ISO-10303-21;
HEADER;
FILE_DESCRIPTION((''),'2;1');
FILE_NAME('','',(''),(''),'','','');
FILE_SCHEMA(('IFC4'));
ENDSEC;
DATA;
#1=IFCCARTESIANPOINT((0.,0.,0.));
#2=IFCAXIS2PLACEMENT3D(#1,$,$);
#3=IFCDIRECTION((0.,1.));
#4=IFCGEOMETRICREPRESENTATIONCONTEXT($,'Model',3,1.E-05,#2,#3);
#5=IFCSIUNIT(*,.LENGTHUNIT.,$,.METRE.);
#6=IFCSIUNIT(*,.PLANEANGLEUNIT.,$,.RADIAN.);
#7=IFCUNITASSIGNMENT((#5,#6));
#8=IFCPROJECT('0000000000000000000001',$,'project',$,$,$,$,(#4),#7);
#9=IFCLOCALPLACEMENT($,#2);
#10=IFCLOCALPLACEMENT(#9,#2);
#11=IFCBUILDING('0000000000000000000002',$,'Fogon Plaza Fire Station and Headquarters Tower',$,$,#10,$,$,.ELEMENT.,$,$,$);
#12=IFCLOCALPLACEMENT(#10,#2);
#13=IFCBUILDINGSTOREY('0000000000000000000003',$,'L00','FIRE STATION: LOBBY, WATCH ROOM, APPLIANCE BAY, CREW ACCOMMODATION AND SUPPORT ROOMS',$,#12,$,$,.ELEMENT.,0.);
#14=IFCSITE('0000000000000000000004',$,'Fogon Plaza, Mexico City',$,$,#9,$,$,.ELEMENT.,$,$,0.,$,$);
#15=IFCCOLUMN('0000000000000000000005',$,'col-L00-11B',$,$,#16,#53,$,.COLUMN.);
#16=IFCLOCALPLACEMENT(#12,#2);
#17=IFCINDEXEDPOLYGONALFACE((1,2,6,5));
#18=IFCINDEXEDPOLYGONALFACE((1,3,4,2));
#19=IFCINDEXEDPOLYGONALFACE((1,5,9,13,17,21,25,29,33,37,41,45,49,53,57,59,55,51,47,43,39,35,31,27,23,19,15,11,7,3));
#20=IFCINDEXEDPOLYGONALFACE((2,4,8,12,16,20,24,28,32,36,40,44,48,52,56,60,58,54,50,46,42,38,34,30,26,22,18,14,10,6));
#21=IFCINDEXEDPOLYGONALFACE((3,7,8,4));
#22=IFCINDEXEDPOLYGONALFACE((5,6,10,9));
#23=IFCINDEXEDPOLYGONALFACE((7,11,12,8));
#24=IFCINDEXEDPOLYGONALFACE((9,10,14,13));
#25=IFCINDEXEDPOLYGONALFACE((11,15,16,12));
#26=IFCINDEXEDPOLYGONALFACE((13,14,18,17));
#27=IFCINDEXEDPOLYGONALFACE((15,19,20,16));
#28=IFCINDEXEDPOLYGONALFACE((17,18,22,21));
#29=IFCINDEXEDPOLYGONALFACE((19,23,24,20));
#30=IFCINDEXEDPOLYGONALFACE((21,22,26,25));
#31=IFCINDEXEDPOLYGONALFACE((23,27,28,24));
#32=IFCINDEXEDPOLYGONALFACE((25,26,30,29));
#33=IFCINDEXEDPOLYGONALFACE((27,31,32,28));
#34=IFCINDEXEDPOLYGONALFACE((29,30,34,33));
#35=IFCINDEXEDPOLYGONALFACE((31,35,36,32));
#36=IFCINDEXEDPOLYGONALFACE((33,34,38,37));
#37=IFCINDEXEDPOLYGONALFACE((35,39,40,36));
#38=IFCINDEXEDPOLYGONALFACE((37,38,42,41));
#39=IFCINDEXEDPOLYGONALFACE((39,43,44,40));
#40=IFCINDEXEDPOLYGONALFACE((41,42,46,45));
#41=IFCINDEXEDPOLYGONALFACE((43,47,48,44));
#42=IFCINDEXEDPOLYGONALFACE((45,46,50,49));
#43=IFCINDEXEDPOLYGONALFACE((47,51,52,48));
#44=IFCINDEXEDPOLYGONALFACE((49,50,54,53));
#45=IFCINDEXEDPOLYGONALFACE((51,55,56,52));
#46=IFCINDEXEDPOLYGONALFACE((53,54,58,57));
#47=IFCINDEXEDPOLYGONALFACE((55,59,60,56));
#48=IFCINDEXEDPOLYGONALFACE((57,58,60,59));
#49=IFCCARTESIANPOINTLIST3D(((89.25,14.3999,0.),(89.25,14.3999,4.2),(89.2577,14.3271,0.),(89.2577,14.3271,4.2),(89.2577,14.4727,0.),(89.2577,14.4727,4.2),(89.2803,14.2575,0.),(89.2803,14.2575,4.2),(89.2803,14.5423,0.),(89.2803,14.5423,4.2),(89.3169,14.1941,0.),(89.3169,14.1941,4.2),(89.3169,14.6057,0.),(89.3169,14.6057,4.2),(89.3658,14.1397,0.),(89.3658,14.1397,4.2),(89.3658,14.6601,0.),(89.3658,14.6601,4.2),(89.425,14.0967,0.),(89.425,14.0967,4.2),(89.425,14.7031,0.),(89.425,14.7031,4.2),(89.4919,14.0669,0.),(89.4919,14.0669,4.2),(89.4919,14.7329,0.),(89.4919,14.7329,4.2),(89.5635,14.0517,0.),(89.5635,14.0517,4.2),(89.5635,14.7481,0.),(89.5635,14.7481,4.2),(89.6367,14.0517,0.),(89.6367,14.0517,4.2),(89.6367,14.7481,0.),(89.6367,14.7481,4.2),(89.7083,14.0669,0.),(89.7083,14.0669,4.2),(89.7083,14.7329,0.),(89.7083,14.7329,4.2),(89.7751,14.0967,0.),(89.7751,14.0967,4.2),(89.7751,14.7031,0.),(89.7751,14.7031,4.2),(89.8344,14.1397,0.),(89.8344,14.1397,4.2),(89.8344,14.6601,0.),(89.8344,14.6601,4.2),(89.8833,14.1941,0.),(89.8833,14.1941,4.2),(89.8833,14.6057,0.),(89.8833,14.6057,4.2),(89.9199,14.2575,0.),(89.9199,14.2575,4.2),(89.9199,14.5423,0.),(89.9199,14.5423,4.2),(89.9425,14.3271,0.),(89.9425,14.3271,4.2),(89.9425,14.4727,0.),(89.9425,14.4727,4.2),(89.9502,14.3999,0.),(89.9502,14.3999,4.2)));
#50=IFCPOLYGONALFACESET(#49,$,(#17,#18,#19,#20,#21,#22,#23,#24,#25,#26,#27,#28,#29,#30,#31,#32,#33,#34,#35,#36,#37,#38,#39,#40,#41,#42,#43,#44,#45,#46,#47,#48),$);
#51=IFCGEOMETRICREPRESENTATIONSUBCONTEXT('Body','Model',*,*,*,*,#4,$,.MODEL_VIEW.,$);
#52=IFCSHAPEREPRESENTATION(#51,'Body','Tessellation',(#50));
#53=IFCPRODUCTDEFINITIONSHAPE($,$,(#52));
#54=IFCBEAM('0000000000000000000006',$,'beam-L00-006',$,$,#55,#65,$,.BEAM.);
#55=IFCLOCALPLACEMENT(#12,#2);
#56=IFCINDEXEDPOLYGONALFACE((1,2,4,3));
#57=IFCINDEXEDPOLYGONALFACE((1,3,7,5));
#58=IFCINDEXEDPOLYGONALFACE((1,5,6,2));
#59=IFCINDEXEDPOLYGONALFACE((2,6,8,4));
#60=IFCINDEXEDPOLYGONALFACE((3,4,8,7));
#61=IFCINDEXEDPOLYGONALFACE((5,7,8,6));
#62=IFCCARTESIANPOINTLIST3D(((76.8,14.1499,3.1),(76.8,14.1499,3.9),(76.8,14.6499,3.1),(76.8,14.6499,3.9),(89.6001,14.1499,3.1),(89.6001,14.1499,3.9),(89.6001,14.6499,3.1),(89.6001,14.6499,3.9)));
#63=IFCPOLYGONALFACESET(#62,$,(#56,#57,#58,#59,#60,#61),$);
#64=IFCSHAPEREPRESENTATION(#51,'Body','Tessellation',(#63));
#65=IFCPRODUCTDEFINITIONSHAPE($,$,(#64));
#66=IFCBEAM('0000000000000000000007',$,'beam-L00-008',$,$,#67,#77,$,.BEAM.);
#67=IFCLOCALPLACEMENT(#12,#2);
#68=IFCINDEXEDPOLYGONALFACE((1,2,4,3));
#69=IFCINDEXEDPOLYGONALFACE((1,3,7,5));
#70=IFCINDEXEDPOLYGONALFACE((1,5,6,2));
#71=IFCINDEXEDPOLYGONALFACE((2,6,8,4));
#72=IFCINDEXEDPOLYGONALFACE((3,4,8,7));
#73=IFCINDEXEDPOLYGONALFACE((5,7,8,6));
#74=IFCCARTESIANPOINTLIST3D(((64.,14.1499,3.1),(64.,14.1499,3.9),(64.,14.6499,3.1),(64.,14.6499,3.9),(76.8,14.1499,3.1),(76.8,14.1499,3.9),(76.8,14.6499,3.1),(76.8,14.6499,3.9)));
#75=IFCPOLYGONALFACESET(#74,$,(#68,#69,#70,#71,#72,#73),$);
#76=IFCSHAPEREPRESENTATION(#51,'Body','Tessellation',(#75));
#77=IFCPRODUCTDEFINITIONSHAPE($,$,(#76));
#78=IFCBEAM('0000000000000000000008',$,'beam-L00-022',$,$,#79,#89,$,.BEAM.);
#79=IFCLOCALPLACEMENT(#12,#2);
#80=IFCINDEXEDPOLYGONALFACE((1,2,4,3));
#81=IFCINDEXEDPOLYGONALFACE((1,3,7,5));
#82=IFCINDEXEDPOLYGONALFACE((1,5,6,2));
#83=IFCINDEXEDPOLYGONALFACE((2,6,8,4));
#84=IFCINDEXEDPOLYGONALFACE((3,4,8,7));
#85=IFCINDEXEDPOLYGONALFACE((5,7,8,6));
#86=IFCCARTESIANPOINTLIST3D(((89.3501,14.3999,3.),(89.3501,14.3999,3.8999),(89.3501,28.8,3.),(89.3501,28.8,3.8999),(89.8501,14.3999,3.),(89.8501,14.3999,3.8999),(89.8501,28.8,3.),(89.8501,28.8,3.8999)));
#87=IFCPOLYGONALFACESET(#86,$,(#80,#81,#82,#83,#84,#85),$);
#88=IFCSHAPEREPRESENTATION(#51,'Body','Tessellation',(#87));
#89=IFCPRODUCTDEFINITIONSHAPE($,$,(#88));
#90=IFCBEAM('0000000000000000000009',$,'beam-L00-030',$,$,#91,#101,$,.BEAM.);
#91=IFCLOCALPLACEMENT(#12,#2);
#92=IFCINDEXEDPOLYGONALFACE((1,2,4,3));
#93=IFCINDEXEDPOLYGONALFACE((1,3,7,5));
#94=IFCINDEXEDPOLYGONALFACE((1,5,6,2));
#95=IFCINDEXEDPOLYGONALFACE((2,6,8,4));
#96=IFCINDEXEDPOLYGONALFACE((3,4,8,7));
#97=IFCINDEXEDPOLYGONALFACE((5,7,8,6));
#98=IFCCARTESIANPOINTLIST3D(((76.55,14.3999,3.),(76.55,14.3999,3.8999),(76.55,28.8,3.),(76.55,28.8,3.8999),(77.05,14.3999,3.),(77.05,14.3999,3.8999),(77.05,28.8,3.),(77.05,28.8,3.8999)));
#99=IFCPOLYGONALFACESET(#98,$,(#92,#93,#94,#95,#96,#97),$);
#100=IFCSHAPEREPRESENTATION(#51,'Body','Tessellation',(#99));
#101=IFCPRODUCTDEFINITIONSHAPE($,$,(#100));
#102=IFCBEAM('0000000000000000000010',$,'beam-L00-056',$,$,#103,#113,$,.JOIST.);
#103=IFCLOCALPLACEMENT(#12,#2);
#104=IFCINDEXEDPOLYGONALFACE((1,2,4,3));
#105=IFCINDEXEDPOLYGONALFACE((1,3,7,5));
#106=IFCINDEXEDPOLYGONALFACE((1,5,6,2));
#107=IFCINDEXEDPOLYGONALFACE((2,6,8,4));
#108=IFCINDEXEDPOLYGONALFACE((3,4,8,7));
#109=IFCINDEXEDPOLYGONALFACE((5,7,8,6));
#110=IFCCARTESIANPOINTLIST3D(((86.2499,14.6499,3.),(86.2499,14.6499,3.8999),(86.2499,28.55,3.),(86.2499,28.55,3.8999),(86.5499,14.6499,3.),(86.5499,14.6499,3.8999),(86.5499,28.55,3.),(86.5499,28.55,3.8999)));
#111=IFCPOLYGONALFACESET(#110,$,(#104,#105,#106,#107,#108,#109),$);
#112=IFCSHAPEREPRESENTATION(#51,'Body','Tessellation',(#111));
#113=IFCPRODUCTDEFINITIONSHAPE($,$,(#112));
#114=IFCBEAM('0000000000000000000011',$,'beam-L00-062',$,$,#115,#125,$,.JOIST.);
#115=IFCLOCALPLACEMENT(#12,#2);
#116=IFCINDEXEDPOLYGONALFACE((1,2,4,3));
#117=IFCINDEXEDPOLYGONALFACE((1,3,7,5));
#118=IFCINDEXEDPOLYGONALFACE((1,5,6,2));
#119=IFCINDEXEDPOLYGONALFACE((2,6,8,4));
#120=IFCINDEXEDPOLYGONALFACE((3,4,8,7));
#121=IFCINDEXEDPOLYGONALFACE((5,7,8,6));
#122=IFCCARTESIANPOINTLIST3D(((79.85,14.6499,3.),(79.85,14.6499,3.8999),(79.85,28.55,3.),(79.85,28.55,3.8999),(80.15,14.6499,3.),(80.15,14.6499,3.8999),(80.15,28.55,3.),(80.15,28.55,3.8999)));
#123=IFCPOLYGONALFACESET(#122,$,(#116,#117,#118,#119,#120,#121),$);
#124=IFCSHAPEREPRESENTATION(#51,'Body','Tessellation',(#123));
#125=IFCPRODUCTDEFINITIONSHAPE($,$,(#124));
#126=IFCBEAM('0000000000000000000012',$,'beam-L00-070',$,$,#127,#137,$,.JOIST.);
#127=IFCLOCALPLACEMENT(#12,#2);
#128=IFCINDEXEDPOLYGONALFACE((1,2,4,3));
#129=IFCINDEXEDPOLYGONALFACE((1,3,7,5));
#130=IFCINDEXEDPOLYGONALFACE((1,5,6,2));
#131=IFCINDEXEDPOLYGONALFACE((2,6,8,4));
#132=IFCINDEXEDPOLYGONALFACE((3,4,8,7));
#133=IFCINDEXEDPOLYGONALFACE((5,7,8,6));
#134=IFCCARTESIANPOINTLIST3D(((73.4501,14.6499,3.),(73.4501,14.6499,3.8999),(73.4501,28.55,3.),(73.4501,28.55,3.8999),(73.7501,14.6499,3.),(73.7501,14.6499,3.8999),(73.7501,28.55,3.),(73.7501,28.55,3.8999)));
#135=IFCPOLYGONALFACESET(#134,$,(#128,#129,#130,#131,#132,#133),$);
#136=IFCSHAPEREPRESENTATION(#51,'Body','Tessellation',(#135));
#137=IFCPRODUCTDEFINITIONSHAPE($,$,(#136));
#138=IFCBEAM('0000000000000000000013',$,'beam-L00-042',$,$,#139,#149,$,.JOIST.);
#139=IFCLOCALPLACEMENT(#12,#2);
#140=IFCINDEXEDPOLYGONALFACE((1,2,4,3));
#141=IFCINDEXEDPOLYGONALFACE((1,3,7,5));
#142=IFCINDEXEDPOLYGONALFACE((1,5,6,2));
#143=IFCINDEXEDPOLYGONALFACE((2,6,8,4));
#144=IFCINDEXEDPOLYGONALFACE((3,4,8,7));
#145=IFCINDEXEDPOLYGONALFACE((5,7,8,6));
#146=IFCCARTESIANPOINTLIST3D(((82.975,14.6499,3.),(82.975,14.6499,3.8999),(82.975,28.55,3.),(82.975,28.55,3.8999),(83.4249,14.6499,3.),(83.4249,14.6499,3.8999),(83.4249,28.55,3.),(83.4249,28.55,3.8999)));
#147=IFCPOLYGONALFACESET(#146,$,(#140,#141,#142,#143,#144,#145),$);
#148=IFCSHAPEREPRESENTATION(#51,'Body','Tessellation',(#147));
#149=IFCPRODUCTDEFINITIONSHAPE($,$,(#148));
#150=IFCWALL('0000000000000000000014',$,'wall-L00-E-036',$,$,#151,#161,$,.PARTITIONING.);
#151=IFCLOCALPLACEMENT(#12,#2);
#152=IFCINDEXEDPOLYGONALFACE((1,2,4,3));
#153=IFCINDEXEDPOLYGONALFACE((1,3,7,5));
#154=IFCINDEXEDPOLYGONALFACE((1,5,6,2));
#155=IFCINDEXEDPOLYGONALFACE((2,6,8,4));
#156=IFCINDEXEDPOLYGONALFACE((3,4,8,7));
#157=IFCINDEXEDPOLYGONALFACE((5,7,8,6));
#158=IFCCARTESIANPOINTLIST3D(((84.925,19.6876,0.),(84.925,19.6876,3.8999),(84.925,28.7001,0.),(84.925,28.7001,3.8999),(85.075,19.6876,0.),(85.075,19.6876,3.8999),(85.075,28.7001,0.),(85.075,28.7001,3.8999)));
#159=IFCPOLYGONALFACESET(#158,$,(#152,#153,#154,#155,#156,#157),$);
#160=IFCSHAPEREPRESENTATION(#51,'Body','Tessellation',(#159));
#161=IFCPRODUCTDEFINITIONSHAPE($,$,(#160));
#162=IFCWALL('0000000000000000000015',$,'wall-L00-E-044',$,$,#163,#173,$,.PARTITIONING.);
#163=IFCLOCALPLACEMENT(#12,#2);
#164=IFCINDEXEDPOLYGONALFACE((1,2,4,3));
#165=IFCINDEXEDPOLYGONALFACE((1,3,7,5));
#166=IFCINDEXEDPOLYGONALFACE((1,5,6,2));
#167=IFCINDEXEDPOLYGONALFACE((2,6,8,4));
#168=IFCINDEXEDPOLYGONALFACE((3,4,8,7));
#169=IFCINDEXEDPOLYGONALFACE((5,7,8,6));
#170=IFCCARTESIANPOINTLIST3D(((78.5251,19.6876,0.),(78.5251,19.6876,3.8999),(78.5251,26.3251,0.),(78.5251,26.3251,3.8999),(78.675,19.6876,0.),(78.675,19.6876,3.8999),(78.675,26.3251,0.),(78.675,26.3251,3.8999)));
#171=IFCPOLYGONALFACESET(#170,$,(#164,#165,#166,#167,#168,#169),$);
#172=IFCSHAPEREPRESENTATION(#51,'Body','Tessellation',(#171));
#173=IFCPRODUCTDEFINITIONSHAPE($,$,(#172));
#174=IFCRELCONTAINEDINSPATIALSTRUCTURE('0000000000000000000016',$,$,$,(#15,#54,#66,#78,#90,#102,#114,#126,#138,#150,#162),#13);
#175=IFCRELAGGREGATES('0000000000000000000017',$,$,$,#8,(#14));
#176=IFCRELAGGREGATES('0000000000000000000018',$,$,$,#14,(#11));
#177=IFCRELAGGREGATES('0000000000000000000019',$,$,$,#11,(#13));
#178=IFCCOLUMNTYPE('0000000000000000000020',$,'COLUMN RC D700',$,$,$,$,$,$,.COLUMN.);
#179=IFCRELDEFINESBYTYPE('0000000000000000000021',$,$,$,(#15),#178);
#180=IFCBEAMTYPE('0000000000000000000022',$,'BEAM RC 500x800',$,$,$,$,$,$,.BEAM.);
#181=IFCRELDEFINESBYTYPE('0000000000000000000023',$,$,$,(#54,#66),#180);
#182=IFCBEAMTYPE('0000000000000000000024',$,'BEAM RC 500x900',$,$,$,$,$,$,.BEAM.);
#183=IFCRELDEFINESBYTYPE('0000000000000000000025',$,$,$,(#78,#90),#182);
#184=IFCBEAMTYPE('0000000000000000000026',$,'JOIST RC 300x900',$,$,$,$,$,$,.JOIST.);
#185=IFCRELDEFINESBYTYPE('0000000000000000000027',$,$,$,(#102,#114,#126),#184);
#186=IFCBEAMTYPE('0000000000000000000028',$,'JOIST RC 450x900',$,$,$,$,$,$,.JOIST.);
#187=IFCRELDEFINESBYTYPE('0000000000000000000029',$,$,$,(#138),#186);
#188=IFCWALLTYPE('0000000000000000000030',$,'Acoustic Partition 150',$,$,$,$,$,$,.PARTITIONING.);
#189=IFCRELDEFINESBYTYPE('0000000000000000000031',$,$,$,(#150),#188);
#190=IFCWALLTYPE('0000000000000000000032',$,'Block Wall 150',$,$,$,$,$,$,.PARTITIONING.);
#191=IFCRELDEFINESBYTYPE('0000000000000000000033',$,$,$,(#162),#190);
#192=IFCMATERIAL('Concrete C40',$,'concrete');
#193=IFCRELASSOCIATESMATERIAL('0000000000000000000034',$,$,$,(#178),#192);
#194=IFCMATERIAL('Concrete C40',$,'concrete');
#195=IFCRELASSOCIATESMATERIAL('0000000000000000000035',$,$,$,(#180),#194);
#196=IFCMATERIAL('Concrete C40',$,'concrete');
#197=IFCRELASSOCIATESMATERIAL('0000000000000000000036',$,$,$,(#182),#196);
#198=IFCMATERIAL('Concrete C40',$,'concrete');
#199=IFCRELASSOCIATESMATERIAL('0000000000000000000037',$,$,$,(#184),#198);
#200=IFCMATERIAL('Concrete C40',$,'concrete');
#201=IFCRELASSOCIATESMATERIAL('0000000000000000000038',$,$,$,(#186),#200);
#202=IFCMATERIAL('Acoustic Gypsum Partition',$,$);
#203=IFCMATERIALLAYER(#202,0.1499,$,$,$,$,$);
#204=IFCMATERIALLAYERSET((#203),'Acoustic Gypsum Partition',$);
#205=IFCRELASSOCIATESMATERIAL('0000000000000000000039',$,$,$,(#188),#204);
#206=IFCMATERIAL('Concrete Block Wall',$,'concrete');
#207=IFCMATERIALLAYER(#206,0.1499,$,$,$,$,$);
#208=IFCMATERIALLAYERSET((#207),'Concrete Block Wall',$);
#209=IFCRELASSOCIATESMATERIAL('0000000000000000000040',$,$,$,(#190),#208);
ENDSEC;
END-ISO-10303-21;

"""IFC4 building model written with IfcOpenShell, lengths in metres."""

from ifc_helpers import new_model, si_unit, direction, frame, frame_2d, origin, origin_2d, place, context, subcontext, project, spatial, rectangle, circle, extrude, material, layer, layer_set, material_profile, profile_set, type_object, element, save


model = new_model("IFC4")

# Units and contexts
model_context = context("Model", 3, precision=1e-05, world=origin(), true_north=direction((0.0, 1.0)))
body_context = subcontext(model_context, "Body", "Model", "MODEL_VIEW")
ifc_project = project(units=[si_unit("LENGTHUNIT", "METRE"), si_unit("PLANEANGLEUNIT", "RADIAN")], contexts=[model_context])

# Site, building, storey
site_placement = place(None, origin())
site = spatial("IfcSite", under=ifc_project, at=site_placement, Name="Fogon Plaza, Mexico City", CompositionType="ELEMENT", RefElevation=0.0)
building_placement = place(site_placement, origin())
building = spatial("IfcBuilding", under=site, at=building_placement, Name="Fogon Plaza Fire Station and Headquarters Tower", CompositionType="ELEMENT")
storey_placement = place(building_placement, origin())
storey = spatial("IfcBuildingStorey", under=building, at=storey_placement, Name="L00", Description="FIRE STATION: LOBBY, WATCH ROOM, APPLIANCE BAY, CREW ACCOMMODATION AND SUPPORT ROOMS", CompositionType="ELEMENT", Elevation=0.0)

# Column
ifc_material_1 = material(Name="Concrete C40", Category="concrete")
ifc_material_profile_1 = material_profile(ifc_material_1, circle(Radius=0.3501, at=origin_2d()), Name="RC D700")
ifc_profile_set_1 = profile_set([ifc_material_profile_1], Name="Concrete C40")
column_type = type_object("IfcColumnType", Name="COLUMN RC D700", PredefinedType="COLUMN", material=ifc_profile_set_1)
column_placement = place(storey_placement, frame((89.6001, 14.3999, 0.0), z_axis=(0.0, 0.0, 1.0), x_axis=(1.0, 0.0, 0.0)))
element("IfcColumn", 1, at=column_placement, inside=storey, type_object=column_type, Name="col-L00-11B", PredefinedType="COLUMN", context=body_context, shape_type="SweptSolid", body=[
    extrude(circle(Radius=0.3501, at=origin_2d()), origin(), (0.0, 0.0, 1.0), 4.2),
])

# Beams
ifc_material_2 = material(Name="Concrete C40", Category="concrete")
ifc_material_profile_2 = material_profile(ifc_material_2, rectangle(XDim=0.5, YDim=0.8, at=origin_2d()), Name="RC 500x800")
ifc_profile_set_2 = profile_set([ifc_material_profile_2], Name="Concrete C40")
beam_type_1 = type_object("IfcBeamType", Name="BEAM RC 500x800", PredefinedType="BEAM", material=ifc_profile_set_2)
for number, where, z_axis, x_axis, name in (
    (2, (89.6001, 14.3999, 3.5), (-1.0, 0.0, 0.0), (0.0, -1.0, 0.0), "beam-L00-006"),
    (3, (76.8, 14.3999, 3.5), (-1.0, 0.0, 0.0), (0.0, -1.0, 0.0), "beam-L00-008"),
):
    element("IfcBeam", number, at=place(storey_placement, frame(where, z_axis=z_axis, x_axis=x_axis)), inside=storey, type_object=beam_type_1, Name=name, PredefinedType="BEAM", context=body_context, shape_type="SweptSolid", body=[
        extrude(rectangle(XDim=0.5, YDim=0.8, at=origin_2d()), origin(), (0.0, 0.0, 1.0), 12.8),
    ])
ifc_material_3 = material(Name="Concrete C40", Category="concrete")
ifc_material_profile_3 = material_profile(ifc_material_3, rectangle(XDim=0.5, YDim=0.8999, at=origin_2d()), Name="RC 500x900")
ifc_profile_set_3 = profile_set([ifc_material_profile_3], Name="Concrete C40")
beam_type_2 = type_object("IfcBeamType", Name="BEAM RC 500x900", PredefinedType="BEAM", material=ifc_profile_set_3)
for number, where, z_axis, x_axis, name in (
    (4, (89.6001, 14.3999, 3.45), (0.0, 1.0, 0.0), (-1.0, 0.0, 0.0), "beam-L00-022"),
    (5, (76.8, 14.3999, 3.45), (0.0, 1.0, 0.0), (-1.0, 0.0, 0.0), "beam-L00-030"),
):
    element("IfcBeam", number, at=place(storey_placement, frame(where, z_axis=z_axis, x_axis=x_axis)), inside=storey, type_object=beam_type_2, Name=name, PredefinedType="BEAM", context=body_context, shape_type="SweptSolid", body=[
        extrude(rectangle(XDim=0.5, YDim=0.8999, at=origin_2d()), origin(), (0.0, 0.0, 1.0), 14.4001),
    ])
ifc_material_4 = material(Name="Concrete C40", Category="concrete")
ifc_material_profile_4 = material_profile(ifc_material_4, rectangle(XDim=0.3, YDim=0.8999, at=origin_2d()), Name="RC 300x900")
ifc_profile_set_4 = profile_set([ifc_material_profile_4], Name="Concrete C40")
beam_type_3 = type_object("IfcBeamType", Name="JOIST RC 300x900", PredefinedType="JOIST", material=ifc_profile_set_4)
for number, where, z_axis, x_axis, name in (
    (6, (86.3999, 14.6499, 3.45), (0.0, 1.0, 0.0), (-1.0, 0.0, 0.0), "beam-L00-056"),
    (7, (80.0, 14.6499, 3.45), (0.0, 1.0, 0.0), (-1.0, 0.0, 0.0), "beam-L00-062"),
    (8, (73.6001, 14.6499, 3.45), (0.0, 1.0, 0.0), (-1.0, 0.0, 0.0), "beam-L00-070"),
):
    element("IfcBeam", number, at=place(storey_placement, frame(where, z_axis=z_axis, x_axis=x_axis)), inside=storey, type_object=beam_type_3, Name=name, PredefinedType="JOIST", context=body_context, shape_type="SweptSolid", body=[
        extrude(rectangle(XDim=0.3, YDim=0.8999, at=origin_2d()), origin(), (0.0, 0.0, 1.0), 13.9001),
    ])
ifc_material_5 = material(Name="Concrete C40", Category="concrete")
ifc_material_profile_5 = material_profile(ifc_material_5, rectangle(XDim=0.45, YDim=0.8999, at=origin_2d()), Name="RC 450x900")
ifc_profile_set_5 = profile_set([ifc_material_profile_5], Name="Concrete C40")
beam_type_4 = type_object("IfcBeamType", Name="JOIST RC 450x900", PredefinedType="JOIST", material=ifc_profile_set_5)
beam_placement = place(storey_placement, frame((83.2, 14.6499, 3.45), z_axis=(0.0, 1.0, 0.0), x_axis=(-1.0, 0.0, 0.0)))
element("IfcBeam", 9, at=beam_placement, inside=storey, type_object=beam_type_4, Name="beam-L00-042", PredefinedType="JOIST", context=body_context, shape_type="SweptSolid", body=[
    extrude(rectangle(XDim=0.45, YDim=0.8999, at=origin_2d()), origin(), (0.0, 0.0, 1.0), 13.9001),
])

# Walls
ifc_material_6 = material(Name="Acoustic Gypsum Partition")
ifc_layer_1 = layer(ifc_material_6, 0.1499)
ifc_layer_set_1 = layer_set([ifc_layer_1], Name="Acoustic Gypsum Partition")
wall_type_1 = type_object("IfcWallType", Name="Acoustic Partition 150", PredefinedType="PARTITIONING", material=ifc_layer_set_1)
wall_1_placement = place(storey_placement, frame((85.0, 19.6875, 0.0), z_axis=(0.0, 0.0, 1.0), x_axis=(0.0, 1.0, 0.0)))
element("IfcWall", 10, at=wall_1_placement, inside=storey, type_object=wall_type_1, Name="wall-L00-E-036", PredefinedType="PARTITIONING", context=body_context, shape_type="SweptSolid", body=[
    extrude(rectangle(XDim=9.0125, YDim=0.1499, at=frame_2d((4.5063, 0.0))), origin(), (0.0, 0.0, 1.0), 3.8999),
])
ifc_material_7 = material(Name="Concrete Block Wall", Category="concrete")
ifc_layer_2 = layer(ifc_material_7, 0.1499)
ifc_layer_set_2 = layer_set([ifc_layer_2], Name="Concrete Block Wall")
wall_type_2 = type_object("IfcWallType", Name="Block Wall 150", PredefinedType="PARTITIONING", material=ifc_layer_set_2)
wall_2_placement = place(storey_placement, frame((78.6001, 19.6875, 0.0), z_axis=(0.0, 0.0, 1.0), x_axis=(0.0, 1.0, 0.0)))
element("IfcWall", 11, at=wall_2_placement, inside=storey, type_object=wall_type_2, Name="wall-L00-E-044", PredefinedType="PARTITIONING", context=body_context, shape_type="SweptSolid", body=[
    extrude(rectangle(XDim=6.6375, YDim=0.1499, at=frame_2d((3.3188, 0.0))), origin(), (0.0, 0.0, 1.0), 3.8999),
])

save(model, "model.ifc")
